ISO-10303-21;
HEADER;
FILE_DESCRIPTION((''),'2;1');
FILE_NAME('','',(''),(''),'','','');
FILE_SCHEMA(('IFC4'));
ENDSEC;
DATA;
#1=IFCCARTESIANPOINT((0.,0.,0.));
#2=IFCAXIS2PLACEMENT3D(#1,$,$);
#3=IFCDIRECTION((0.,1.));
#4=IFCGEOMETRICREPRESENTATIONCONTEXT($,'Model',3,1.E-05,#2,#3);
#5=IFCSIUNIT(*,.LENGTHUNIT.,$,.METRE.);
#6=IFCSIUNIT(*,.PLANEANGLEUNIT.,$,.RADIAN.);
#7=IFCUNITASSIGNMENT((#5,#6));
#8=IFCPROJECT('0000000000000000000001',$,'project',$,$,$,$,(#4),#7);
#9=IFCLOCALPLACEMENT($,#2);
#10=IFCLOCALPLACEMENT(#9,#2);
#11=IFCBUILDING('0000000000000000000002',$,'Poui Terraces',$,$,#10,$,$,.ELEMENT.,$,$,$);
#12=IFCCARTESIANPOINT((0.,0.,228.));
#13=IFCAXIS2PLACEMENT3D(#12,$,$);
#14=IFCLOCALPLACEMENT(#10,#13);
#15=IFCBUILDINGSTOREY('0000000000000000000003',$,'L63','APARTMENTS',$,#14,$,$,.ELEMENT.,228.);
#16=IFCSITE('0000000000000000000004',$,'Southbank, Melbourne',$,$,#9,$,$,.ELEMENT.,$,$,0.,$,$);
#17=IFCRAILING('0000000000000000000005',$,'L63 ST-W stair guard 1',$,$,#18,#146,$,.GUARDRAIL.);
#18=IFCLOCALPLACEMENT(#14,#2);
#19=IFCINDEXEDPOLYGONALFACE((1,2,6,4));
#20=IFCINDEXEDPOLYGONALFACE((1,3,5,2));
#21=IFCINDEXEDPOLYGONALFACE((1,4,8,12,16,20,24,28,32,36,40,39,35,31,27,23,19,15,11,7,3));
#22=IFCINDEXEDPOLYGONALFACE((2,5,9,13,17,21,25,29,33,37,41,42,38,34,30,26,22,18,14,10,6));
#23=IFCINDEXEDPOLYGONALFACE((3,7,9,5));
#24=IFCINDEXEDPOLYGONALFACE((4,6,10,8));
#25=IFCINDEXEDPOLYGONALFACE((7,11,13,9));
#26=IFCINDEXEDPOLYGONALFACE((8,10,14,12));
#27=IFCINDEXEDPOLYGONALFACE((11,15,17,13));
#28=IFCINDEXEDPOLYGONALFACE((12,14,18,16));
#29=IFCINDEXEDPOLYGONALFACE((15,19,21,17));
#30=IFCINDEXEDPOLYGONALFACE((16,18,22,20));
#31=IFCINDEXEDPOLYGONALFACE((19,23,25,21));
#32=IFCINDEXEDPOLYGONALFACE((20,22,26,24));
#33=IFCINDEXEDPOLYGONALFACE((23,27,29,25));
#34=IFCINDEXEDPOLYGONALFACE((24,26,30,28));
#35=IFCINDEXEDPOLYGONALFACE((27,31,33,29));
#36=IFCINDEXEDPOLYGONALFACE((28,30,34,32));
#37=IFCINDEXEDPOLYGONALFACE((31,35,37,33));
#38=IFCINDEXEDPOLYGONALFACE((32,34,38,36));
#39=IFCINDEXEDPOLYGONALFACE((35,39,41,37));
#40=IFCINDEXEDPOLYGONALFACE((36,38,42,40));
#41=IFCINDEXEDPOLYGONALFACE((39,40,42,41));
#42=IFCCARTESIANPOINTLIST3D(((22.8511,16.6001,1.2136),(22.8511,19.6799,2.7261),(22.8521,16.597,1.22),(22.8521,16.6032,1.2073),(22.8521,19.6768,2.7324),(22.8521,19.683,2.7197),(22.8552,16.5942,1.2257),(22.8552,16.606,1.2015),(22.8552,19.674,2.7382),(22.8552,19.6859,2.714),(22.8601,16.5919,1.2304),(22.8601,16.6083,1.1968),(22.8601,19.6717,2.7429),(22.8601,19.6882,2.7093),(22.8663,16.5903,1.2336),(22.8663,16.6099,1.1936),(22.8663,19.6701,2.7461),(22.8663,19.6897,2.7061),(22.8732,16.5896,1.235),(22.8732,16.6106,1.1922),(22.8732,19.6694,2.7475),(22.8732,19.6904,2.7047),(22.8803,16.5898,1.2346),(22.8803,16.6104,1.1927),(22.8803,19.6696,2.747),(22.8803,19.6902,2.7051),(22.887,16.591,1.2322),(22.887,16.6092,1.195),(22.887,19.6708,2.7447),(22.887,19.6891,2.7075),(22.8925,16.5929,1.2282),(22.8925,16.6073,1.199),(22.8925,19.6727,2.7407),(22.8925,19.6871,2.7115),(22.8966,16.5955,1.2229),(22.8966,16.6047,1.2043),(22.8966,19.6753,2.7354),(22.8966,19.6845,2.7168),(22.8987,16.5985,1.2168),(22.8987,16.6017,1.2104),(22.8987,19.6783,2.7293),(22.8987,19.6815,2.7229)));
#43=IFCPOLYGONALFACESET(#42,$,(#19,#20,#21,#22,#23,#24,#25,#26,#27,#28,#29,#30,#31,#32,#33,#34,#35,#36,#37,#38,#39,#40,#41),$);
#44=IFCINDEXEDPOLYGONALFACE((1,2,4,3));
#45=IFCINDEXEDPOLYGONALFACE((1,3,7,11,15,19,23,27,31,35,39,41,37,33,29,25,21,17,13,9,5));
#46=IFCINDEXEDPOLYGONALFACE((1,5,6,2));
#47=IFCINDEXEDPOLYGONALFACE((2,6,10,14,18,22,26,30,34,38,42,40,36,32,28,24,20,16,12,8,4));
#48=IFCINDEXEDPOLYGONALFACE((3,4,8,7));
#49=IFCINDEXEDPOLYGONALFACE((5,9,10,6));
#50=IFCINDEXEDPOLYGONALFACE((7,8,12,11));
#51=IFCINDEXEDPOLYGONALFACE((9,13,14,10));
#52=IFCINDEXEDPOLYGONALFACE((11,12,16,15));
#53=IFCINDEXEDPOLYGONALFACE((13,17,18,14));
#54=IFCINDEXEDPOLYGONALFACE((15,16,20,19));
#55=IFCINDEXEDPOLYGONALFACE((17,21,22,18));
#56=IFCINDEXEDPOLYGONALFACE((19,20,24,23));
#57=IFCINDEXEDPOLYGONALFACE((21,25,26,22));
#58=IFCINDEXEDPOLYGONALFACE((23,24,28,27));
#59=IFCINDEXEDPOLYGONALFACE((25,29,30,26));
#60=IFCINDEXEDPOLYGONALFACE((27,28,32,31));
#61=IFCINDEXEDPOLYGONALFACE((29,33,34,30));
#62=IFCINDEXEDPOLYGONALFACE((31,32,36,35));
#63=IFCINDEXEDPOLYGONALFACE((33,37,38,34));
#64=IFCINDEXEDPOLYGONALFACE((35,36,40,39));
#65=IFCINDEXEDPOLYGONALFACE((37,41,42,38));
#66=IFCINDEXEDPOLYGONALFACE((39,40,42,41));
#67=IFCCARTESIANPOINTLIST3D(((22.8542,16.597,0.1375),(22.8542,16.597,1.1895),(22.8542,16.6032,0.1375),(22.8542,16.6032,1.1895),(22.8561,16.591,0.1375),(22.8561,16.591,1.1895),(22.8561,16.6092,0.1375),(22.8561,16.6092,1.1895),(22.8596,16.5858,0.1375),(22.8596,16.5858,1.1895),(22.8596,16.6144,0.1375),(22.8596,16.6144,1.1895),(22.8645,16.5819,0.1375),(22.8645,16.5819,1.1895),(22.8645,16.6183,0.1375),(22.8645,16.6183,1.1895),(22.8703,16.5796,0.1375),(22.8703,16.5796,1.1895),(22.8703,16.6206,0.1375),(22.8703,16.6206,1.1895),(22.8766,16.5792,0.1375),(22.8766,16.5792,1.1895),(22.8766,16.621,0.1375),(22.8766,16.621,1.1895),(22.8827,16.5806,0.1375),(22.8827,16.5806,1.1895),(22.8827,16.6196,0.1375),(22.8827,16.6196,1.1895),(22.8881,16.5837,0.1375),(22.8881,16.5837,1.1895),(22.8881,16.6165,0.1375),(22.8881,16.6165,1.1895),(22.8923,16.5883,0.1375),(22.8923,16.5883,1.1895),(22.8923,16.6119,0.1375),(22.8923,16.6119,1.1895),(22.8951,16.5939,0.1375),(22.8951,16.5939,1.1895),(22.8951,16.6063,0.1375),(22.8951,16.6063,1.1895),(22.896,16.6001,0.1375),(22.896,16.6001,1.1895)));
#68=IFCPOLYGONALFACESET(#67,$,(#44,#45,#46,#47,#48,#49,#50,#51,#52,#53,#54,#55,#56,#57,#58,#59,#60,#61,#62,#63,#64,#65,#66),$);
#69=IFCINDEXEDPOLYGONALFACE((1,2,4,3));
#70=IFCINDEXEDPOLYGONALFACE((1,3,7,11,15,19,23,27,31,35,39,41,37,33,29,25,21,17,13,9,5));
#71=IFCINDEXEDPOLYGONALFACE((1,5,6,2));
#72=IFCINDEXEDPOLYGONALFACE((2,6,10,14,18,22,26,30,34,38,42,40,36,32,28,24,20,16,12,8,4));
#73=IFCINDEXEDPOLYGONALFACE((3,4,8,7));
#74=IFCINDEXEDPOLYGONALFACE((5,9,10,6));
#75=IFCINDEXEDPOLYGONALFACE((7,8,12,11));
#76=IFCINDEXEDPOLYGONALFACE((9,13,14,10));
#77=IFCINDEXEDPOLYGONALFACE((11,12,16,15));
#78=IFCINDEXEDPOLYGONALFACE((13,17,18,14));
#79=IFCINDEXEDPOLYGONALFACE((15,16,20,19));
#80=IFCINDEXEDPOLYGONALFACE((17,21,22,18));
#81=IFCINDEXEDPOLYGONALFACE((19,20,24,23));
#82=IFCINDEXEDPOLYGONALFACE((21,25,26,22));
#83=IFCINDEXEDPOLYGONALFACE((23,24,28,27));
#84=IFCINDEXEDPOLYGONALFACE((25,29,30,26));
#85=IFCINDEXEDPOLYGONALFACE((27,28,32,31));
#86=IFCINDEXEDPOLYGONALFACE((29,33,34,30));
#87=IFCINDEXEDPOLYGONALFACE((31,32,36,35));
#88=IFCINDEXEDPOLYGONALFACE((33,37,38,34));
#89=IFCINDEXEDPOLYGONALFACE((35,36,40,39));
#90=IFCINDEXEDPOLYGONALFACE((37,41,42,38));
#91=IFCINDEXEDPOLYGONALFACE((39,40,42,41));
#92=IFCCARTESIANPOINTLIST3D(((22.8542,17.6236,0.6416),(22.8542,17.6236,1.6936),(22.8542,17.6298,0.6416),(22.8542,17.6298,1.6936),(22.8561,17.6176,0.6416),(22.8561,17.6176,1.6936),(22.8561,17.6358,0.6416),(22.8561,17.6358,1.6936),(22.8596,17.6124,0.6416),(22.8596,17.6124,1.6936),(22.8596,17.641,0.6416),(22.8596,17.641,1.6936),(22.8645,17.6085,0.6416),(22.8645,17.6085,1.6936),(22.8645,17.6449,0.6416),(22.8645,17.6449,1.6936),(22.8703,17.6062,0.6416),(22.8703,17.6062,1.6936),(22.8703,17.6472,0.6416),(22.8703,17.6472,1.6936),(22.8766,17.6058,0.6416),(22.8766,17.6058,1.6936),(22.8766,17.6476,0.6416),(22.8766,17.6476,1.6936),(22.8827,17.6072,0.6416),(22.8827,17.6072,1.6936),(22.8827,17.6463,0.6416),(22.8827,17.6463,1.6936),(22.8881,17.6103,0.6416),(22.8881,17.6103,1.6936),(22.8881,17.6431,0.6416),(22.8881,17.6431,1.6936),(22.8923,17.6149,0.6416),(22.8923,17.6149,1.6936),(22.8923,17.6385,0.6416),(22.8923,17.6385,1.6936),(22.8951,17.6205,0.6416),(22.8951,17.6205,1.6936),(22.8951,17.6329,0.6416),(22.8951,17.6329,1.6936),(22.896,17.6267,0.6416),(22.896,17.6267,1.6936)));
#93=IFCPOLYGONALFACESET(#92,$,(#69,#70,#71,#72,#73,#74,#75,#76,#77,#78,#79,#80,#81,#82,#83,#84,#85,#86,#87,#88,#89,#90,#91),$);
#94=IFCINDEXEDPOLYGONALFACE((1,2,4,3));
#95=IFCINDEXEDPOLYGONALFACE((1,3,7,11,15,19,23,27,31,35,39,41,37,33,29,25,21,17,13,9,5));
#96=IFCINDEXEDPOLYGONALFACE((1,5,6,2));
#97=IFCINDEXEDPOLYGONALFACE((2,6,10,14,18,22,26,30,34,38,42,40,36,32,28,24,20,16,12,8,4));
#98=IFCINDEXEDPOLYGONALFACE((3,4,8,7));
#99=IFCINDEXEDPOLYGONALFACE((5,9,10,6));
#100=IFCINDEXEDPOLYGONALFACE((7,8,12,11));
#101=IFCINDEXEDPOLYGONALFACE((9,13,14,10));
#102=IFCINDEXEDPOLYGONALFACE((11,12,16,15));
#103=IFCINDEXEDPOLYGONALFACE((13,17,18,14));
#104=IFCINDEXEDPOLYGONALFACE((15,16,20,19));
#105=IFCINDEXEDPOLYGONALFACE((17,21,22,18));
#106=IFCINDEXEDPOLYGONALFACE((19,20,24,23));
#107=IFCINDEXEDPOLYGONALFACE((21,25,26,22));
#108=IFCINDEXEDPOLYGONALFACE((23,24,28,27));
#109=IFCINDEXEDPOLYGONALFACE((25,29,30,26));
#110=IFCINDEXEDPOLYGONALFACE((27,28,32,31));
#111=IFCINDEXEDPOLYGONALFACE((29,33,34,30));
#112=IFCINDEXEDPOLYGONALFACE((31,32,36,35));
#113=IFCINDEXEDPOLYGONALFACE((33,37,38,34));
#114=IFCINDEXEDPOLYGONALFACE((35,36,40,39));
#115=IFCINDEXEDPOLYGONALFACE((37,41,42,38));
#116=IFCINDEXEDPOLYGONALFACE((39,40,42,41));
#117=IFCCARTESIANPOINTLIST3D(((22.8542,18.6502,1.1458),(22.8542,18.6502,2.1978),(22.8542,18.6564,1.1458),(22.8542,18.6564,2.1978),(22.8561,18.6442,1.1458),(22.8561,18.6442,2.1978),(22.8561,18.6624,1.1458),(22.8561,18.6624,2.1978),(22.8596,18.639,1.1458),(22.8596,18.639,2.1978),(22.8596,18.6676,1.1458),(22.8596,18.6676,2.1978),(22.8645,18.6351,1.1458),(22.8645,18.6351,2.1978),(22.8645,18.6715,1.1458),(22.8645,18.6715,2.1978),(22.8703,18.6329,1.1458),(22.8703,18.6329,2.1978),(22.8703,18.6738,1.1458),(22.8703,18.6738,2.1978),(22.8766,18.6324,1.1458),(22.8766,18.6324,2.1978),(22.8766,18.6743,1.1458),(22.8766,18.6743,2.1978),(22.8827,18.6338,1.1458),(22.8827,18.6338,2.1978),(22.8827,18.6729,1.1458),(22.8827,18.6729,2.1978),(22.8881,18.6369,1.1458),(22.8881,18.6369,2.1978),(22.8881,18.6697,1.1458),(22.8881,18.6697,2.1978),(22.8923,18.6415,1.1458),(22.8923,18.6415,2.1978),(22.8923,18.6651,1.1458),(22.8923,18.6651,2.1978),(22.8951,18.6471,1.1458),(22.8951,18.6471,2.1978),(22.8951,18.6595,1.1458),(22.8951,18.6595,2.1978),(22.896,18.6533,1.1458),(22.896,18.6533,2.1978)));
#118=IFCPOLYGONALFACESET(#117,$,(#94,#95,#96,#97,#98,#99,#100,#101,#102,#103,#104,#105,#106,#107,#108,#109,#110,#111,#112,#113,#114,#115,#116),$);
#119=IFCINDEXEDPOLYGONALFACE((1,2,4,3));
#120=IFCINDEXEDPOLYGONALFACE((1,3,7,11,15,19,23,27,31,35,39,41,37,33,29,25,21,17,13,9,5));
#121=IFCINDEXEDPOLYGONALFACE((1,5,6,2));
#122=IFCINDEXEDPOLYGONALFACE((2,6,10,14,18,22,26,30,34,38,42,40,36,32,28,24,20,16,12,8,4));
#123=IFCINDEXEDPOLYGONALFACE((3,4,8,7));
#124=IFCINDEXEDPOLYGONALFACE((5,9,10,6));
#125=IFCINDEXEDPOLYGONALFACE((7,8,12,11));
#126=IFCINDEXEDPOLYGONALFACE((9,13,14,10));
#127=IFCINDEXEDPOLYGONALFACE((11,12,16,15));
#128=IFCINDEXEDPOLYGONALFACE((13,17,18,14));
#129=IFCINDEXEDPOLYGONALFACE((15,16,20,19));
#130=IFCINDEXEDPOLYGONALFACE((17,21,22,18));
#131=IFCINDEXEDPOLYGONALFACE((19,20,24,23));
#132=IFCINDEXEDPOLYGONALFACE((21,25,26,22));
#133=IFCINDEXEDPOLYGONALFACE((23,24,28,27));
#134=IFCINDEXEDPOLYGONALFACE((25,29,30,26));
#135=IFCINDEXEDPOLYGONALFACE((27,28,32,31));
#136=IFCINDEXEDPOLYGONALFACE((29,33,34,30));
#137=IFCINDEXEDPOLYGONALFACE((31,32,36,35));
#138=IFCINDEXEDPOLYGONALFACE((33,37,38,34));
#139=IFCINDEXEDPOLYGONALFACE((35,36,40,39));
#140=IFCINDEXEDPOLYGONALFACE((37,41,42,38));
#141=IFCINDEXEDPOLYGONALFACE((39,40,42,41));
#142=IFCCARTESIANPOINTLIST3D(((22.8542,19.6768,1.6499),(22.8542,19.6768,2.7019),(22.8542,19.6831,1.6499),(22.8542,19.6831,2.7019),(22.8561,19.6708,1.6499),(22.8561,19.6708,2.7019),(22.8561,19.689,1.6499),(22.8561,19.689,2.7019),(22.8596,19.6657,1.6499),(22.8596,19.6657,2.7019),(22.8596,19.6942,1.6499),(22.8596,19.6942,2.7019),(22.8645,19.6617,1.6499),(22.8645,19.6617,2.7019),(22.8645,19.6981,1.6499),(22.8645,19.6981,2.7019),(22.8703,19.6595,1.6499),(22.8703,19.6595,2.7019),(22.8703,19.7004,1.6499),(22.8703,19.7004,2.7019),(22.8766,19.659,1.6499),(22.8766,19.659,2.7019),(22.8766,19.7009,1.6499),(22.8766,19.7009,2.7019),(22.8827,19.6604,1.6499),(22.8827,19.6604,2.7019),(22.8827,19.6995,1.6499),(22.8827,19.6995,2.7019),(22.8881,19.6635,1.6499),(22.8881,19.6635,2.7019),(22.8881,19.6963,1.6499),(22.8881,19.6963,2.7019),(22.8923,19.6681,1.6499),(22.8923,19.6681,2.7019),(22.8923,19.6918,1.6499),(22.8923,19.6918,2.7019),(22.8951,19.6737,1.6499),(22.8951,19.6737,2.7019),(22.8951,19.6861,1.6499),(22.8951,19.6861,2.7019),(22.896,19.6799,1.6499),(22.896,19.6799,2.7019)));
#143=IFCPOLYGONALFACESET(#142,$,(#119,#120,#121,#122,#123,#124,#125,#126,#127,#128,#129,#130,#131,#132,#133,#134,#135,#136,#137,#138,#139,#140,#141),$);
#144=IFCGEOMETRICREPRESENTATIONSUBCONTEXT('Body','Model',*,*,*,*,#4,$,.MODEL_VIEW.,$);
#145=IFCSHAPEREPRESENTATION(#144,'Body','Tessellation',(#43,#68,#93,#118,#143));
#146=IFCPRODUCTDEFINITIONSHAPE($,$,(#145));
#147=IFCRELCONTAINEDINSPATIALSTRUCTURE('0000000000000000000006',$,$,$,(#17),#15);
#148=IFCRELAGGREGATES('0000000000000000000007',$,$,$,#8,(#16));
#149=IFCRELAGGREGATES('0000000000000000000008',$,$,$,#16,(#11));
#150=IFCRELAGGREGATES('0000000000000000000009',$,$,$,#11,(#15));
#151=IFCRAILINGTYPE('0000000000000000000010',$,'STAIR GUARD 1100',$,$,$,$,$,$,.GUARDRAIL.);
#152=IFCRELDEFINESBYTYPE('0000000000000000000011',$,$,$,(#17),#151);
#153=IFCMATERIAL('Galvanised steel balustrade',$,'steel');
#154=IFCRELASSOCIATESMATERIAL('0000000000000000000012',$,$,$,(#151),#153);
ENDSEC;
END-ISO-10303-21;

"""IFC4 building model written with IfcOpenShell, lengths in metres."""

from ifc_helpers import new_model, si_unit, direction, frame, origin, origin_2d, place, context, subcontext, project, spatial, circle, extrude, material, type_object, element, save


model = new_model("IFC4")

# Units and contexts
model_context = context("Model", 3, precision=1e-05, world=origin(), true_north=direction((0.0, 1.0)))
body_context = subcontext(model_context, "Body", "Model", "MODEL_VIEW")
ifc_project = project(units=[si_unit("LENGTHUNIT", "METRE"), si_unit("PLANEANGLEUNIT", "RADIAN")], contexts=[model_context])

# Site, building, storey
site_placement = place(None, origin())
site = spatial("IfcSite", under=ifc_project, at=site_placement, Name="Southbank, Melbourne", CompositionType="ELEMENT", RefElevation=0.0)
building_placement = place(site_placement, origin())
building = spatial("IfcBuilding", under=site, at=building_placement, Name="Poui Terraces", CompositionType="ELEMENT")
storey_placement = place(building_placement, frame((0.0, 0.0, 228.0)))
storey = spatial("IfcBuildingStorey", under=building, at=storey_placement, Name="L63", Description="APARTMENTS", CompositionType="ELEMENT", Elevation=228.0)

# Railing
ifc_material_1 = material(Name="Galvanised steel balustrade", Category="steel")
railing_type_1 = type_object("IfcRailingType", Name="STAIR GUARD 1100", PredefinedType="GUARDRAIL", material=ifc_material_1)
railing_1_placement = place(storey_placement, frame((22.875, 16.6001, 0.1375)))
element("IfcRailing", 1, at=railing_1_placement, inside=storey, type_object=railing_type_1, Name="L63 ST-W stair guard 1", PredefinedType="GUARDRAIL", context=body_context, shape_type="SweptSolid", body=[
    extrude(circle(Radius=0.0239, at=origin_2d()), frame((0.0, 0.0, 1.0762), z_axis=(0.0, 0.897606, 0.440798), x_axis=(-1.0, 0.0, 0.0)), (0.0, 0.0, 1.0), 3.4312),
    extrude(circle(Radius=0.021, at=origin_2d()), origin(), (0.0, 0.0, 1.0), 1.052),
    extrude(circle(Radius=0.021, at=origin_2d()), frame((0.0, 1.0266, 0.5042)), (0.0, 0.0, 1.0), 1.052),
    extrude(circle(Radius=0.021, at=origin_2d()), frame((0.0, 2.0532, 1.0083)), (0.0, 0.0, 1.0), 1.052),
    extrude(circle(Radius=0.021, at=origin_2d()), frame((0.0, 3.0798, 1.5125)), (0.0, 0.0, 1.0), 1.052),
])

save(model, "model.ifc")
